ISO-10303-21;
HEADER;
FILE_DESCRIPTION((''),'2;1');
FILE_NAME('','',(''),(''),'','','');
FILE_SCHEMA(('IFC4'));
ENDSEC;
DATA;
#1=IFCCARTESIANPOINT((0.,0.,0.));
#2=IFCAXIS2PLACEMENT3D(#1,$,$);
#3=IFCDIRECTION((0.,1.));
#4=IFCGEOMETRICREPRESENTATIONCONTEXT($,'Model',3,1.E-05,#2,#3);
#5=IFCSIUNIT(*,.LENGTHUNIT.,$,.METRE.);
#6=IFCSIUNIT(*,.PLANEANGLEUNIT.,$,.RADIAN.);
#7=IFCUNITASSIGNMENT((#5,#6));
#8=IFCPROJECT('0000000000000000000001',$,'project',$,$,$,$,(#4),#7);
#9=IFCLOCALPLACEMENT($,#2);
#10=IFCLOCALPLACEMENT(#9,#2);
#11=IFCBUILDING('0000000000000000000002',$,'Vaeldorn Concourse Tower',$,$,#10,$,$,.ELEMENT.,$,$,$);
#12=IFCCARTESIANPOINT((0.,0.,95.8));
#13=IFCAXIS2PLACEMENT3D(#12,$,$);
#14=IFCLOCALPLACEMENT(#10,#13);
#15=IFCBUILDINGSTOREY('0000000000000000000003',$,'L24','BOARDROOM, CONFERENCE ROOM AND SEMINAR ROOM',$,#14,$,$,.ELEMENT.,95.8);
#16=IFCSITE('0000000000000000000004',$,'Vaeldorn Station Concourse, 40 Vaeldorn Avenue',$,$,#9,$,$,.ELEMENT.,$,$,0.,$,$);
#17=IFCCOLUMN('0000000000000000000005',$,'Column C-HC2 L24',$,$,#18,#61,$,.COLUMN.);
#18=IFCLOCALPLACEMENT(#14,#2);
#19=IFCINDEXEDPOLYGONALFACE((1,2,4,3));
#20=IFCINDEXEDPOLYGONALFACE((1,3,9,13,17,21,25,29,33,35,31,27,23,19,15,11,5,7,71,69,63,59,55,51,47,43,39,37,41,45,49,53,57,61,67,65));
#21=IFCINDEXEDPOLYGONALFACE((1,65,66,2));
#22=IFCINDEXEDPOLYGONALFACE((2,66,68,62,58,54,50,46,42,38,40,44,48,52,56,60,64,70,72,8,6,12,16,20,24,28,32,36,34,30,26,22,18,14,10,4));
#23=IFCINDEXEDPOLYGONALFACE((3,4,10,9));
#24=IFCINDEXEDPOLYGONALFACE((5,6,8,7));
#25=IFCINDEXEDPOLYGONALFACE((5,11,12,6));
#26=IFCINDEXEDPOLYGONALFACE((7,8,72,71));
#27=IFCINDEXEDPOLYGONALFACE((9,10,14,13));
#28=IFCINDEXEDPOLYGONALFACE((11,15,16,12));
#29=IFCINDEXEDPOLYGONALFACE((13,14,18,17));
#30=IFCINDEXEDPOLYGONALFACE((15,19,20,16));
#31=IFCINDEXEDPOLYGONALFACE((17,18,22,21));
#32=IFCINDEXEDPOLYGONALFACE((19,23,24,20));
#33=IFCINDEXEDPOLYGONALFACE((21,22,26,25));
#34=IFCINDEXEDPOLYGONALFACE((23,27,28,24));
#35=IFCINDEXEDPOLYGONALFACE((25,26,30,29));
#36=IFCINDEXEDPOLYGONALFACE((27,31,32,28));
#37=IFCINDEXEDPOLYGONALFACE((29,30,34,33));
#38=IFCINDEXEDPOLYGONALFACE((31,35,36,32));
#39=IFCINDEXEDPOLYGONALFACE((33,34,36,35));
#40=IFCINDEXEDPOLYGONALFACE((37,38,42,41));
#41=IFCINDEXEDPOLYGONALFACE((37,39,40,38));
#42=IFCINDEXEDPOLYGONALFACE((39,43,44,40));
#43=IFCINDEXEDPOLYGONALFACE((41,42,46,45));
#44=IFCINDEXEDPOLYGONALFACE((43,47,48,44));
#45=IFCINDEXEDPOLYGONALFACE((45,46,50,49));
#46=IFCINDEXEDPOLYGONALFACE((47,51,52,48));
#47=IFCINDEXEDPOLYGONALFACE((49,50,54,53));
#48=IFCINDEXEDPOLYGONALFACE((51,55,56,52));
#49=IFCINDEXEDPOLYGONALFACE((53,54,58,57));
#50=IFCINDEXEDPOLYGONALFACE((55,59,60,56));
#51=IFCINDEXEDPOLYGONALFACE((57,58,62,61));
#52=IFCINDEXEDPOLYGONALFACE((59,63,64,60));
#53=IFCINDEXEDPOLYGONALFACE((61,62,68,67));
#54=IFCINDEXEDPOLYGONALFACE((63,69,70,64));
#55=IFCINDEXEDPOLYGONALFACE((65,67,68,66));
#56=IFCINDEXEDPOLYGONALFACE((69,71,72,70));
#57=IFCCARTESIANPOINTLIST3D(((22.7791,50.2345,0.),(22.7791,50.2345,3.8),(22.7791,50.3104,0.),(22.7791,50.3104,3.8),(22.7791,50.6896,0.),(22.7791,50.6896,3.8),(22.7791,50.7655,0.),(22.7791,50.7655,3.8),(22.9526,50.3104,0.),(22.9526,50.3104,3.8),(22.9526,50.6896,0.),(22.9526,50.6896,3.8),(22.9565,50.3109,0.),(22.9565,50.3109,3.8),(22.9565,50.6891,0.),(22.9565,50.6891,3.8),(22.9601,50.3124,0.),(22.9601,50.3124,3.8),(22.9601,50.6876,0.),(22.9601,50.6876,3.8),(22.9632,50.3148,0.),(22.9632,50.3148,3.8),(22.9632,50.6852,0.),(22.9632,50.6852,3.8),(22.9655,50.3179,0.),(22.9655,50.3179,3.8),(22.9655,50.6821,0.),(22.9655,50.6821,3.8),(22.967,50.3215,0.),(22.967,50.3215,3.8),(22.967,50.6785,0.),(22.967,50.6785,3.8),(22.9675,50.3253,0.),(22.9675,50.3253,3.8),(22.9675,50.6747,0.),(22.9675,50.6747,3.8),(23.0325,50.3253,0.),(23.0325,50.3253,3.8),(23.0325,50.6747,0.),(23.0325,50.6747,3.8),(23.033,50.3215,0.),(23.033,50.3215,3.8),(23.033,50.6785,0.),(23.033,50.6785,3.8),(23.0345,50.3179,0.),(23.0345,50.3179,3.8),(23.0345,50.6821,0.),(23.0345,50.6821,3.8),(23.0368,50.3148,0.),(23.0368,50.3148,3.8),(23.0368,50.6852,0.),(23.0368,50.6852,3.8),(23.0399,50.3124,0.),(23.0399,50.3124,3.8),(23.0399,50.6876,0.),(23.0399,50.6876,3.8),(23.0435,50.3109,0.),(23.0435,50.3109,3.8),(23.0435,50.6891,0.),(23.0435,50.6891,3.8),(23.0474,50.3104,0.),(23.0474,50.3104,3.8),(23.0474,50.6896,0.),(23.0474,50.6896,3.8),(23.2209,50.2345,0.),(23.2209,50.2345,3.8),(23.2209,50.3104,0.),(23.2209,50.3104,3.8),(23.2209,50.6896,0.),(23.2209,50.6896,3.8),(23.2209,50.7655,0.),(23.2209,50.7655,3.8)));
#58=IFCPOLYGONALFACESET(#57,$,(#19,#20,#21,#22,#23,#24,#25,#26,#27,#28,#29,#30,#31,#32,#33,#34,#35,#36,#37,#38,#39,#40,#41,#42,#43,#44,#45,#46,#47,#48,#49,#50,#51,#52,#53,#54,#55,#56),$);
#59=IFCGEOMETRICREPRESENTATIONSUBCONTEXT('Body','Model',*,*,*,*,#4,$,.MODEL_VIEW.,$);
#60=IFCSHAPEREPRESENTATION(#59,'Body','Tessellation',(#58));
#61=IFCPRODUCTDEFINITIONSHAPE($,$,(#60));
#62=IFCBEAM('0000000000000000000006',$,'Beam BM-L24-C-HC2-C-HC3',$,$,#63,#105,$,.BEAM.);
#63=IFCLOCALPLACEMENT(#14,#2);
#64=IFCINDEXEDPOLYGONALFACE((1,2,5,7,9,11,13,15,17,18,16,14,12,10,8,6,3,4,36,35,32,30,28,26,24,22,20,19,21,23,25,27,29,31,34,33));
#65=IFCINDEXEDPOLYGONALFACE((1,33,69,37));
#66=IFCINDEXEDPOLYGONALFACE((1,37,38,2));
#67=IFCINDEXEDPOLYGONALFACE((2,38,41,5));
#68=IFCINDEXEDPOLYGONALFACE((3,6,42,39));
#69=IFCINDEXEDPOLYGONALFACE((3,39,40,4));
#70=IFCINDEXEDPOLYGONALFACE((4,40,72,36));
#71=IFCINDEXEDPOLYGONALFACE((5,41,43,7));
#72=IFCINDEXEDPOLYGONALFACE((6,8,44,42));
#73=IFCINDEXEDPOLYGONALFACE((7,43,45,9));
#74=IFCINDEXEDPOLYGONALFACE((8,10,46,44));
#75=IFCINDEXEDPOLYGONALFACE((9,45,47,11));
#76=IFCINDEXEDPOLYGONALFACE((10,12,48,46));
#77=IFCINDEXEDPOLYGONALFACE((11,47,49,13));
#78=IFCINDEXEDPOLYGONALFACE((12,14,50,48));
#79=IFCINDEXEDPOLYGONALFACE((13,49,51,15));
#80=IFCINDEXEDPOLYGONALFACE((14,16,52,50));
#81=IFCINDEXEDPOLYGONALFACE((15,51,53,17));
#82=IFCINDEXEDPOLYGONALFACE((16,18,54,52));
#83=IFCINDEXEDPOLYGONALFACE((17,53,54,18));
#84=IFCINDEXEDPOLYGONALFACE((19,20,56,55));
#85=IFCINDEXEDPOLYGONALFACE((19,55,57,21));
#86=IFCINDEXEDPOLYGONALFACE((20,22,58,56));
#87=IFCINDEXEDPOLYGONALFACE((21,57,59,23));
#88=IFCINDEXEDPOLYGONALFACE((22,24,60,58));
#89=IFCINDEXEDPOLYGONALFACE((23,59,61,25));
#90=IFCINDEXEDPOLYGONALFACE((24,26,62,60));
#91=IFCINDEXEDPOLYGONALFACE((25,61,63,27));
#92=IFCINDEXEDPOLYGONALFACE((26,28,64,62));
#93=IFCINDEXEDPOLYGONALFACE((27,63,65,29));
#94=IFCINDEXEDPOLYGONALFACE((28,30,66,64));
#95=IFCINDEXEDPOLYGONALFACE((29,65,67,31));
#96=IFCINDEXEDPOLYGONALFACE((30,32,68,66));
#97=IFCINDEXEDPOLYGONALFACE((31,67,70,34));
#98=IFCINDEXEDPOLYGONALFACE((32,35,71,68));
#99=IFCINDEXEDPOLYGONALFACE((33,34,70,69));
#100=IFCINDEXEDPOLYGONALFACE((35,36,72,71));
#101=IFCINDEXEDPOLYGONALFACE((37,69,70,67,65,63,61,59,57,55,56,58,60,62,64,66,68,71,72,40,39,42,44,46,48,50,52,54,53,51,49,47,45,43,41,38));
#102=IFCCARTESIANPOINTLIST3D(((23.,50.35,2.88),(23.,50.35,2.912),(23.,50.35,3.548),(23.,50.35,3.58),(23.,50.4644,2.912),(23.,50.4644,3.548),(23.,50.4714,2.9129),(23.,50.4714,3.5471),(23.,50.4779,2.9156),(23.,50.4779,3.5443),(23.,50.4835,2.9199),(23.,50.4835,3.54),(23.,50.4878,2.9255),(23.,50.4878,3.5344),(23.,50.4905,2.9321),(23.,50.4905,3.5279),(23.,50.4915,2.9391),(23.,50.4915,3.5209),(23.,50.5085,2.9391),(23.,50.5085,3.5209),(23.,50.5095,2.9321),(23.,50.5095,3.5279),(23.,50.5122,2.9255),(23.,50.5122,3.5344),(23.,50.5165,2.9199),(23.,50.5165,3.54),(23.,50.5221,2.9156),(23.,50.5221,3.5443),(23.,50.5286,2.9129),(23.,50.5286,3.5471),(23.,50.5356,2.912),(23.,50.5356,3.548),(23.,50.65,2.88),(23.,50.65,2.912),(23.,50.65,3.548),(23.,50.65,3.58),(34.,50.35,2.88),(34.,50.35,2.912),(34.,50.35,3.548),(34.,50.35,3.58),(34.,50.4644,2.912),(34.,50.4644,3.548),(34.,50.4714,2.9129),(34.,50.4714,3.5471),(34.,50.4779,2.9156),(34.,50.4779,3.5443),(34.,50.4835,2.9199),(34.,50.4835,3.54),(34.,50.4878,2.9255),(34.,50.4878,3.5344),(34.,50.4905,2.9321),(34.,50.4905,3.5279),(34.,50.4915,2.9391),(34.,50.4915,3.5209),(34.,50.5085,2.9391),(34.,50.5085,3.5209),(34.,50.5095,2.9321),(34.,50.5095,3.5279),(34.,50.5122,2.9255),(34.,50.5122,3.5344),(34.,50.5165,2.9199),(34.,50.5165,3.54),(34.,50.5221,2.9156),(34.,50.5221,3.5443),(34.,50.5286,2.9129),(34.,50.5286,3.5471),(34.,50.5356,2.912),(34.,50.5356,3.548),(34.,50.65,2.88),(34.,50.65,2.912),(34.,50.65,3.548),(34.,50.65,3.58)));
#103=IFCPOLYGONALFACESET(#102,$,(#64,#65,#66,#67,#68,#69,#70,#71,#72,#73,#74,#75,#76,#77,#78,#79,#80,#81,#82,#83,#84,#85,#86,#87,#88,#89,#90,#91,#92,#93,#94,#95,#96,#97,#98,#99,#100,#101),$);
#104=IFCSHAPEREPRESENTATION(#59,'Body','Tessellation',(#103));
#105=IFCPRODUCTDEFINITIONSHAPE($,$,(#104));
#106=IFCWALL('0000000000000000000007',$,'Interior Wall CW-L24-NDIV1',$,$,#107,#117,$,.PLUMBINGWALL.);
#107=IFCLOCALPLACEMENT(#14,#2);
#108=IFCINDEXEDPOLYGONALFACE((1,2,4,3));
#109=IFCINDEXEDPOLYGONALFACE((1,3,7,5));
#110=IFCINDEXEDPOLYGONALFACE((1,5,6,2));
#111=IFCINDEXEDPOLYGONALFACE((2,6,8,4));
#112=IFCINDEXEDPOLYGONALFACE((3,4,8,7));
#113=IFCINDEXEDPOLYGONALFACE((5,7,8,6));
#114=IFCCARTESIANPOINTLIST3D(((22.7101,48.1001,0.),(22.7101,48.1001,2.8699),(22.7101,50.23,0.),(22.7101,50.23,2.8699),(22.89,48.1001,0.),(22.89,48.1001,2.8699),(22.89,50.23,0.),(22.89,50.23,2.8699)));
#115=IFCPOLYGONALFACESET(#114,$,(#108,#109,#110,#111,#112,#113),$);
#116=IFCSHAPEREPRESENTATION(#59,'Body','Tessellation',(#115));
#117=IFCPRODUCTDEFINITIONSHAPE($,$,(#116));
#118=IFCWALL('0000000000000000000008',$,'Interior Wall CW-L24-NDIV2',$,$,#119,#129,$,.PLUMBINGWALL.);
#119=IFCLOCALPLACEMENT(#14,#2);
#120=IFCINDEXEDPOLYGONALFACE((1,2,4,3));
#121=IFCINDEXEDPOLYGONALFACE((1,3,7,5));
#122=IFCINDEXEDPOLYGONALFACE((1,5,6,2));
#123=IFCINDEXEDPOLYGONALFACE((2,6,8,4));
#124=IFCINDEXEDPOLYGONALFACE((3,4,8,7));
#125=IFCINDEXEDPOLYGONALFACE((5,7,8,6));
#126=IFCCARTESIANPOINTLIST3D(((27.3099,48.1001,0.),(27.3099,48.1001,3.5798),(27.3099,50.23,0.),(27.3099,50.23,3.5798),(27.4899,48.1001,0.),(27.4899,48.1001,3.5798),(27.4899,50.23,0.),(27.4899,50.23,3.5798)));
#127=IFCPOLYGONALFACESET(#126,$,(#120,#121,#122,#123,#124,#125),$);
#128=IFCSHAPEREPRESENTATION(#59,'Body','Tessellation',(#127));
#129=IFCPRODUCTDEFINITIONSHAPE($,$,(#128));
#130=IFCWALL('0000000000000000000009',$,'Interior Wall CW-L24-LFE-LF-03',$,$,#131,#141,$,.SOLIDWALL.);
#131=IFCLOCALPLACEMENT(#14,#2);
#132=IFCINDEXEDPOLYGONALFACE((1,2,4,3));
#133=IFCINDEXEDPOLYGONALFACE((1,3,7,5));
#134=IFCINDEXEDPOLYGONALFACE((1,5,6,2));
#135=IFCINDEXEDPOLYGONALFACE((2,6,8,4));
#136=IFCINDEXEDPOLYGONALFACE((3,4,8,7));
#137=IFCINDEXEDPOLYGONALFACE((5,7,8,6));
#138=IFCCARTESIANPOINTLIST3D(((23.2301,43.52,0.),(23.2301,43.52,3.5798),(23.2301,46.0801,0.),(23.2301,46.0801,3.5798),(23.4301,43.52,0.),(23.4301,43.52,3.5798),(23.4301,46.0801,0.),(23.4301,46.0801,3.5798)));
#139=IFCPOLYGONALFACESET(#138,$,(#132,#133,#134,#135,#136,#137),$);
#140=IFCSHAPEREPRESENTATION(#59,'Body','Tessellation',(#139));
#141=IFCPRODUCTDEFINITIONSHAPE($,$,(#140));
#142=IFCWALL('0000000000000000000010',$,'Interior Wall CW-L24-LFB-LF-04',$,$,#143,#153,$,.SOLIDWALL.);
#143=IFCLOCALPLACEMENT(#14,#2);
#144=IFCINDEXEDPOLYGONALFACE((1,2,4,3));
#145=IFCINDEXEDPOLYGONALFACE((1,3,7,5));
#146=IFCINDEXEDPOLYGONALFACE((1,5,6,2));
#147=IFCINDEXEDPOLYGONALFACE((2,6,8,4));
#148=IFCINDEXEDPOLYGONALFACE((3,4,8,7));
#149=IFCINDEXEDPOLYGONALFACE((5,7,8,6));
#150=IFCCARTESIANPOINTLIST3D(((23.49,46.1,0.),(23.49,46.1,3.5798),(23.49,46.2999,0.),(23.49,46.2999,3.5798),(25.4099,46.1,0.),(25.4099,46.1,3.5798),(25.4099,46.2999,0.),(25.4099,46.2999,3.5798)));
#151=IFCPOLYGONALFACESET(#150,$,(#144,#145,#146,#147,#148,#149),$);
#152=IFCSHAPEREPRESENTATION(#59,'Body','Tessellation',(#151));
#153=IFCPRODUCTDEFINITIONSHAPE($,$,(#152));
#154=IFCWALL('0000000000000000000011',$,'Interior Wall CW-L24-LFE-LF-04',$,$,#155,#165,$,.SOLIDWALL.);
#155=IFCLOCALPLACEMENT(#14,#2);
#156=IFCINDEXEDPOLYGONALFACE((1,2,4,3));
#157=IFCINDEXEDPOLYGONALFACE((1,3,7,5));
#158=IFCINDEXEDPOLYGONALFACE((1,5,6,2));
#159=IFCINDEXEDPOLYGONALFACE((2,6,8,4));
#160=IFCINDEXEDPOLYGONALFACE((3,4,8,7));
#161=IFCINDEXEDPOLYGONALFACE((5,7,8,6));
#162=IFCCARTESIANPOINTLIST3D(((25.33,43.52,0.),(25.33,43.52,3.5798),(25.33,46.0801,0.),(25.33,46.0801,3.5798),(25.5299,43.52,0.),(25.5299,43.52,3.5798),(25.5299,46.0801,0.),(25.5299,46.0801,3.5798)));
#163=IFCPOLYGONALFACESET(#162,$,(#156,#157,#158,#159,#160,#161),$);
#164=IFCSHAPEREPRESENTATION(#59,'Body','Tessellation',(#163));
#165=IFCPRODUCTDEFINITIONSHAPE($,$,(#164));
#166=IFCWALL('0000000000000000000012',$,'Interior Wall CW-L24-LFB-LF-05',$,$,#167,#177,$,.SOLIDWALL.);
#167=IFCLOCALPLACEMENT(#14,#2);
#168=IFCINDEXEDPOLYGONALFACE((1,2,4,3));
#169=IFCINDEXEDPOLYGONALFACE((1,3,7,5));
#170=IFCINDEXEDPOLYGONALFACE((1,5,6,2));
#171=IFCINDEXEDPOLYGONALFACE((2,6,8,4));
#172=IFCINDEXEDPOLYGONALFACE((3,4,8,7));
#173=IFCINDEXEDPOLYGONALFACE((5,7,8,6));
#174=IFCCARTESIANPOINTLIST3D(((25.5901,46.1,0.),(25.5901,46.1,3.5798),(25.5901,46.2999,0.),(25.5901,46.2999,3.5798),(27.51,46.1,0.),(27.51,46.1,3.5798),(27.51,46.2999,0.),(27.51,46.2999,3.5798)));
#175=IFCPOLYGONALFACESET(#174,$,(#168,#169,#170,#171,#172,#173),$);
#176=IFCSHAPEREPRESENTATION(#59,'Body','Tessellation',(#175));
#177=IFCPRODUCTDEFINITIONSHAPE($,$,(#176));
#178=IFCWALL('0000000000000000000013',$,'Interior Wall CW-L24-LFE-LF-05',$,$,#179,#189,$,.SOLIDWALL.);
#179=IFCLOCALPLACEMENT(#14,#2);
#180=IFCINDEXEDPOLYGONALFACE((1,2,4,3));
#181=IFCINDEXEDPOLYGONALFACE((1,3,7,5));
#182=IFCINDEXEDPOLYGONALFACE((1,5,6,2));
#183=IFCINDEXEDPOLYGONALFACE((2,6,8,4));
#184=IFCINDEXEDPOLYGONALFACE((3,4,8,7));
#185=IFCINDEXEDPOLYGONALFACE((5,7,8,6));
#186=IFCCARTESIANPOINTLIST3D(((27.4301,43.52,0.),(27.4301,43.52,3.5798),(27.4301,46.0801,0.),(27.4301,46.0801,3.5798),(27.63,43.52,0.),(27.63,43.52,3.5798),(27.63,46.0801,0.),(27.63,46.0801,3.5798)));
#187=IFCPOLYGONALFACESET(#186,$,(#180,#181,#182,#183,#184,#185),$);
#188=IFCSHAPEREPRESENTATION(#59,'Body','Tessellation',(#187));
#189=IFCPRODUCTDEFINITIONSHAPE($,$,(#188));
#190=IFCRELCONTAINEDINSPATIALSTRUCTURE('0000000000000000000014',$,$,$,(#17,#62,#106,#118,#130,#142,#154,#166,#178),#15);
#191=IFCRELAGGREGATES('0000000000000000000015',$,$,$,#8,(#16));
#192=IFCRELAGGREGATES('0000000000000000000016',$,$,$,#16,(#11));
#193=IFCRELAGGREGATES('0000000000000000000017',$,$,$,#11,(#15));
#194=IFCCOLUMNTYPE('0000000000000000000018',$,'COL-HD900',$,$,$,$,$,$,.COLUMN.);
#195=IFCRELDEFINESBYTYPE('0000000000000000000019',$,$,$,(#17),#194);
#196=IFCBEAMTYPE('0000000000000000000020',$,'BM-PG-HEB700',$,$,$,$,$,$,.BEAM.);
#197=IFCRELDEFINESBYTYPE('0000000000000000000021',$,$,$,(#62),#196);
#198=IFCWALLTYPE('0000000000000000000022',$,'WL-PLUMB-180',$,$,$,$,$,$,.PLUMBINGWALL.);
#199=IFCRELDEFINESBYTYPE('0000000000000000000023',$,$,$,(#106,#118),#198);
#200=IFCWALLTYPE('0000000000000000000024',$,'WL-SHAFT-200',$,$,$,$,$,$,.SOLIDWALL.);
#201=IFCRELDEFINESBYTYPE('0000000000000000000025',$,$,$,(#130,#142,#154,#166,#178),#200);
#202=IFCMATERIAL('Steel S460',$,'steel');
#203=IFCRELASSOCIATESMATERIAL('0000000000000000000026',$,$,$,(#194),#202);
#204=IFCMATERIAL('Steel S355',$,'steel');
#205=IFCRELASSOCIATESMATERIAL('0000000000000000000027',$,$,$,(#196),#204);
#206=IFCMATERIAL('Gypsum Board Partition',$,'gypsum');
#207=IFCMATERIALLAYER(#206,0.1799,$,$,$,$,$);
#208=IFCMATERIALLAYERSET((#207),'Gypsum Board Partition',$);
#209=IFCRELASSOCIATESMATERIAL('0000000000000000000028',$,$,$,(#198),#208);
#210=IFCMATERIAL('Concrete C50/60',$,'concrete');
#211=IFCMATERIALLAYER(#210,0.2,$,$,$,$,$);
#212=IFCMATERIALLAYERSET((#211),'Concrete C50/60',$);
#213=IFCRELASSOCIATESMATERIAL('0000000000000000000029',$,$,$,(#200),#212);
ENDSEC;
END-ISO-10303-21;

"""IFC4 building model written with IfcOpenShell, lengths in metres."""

from ifc_helpers import new_model, si_unit, direction, frame, frame_2d, origin, origin_2d, place, context, subcontext, project, spatial, rectangle, i_section, extrude, source, transform, mapped, material, layer, layer_set, material_profile, profile_set, type_object, element, save


model = new_model("IFC4")

# Units and contexts
model_context = context("Model", 3, precision=1e-05, world=origin(), true_north=direction((0.0, 1.0)))
body_context = subcontext(model_context, "Body", "Model", "MODEL_VIEW")
ifc_project = project(units=[si_unit("LENGTHUNIT", "METRE"), si_unit("PLANEANGLEUNIT", "RADIAN")], contexts=[model_context])

# Site, building, storey
site_placement = place(None, origin())
site = spatial("IfcSite", under=ifc_project, at=site_placement, Name="Vaeldorn Station Concourse, 40 Vaeldorn Avenue", CompositionType="ELEMENT", RefElevation=0.0)
building_placement = place(site_placement, origin())
building = spatial("IfcBuilding", under=site, at=building_placement, Name="Vaeldorn Concourse Tower", CompositionType="ELEMENT")
storey_placement = place(building_placement, frame((0.0, 0.0, 95.8)))
storey = spatial("IfcBuildingStorey", under=building, at=storey_placement, Name="L24", Description="BOARDROOM, CONFERENCE ROOM AND SEMINAR ROOM", CompositionType="ELEMENT", Elevation=95.8)

# Column
ifc_material_1 = material(Name="Steel S460", Category="steel")
ifc_material_profile_1 = material_profile(ifc_material_1, i_section(OverallWidth=0.4419, OverallDepth=0.531, WebThickness=0.0649, FlangeThickness=0.0759, FilletRadius=0.0149, at=origin_2d()), Name="HD 400x900")
ifc_profile_set_1 = profile_set([ifc_material_profile_1], Name="Steel S460")
column_type = type_object("IfcColumnType", Name="COL-HD900", PredefinedType="COLUMN", material=ifc_profile_set_1)
shared_shape_1 = source(origin(), body_context, "Body", "SweptSolid", [
    extrude(i_section(OverallWidth=0.4419, OverallDepth=0.531, WebThickness=0.0649, FlangeThickness=0.0759, FilletRadius=0.0149, at=origin_2d()), origin(), (0.0, 0.0, 1.0), 3.8),
])
column_placement = place(storey_placement, frame((23.0, 50.5, 0.0), z_axis=(0.0, 0.0, 1.0), x_axis=(1.0, 0.0, 0.0)))
element("IfcColumn", 1, at=column_placement, inside=storey, type_object=column_type, Name="Column C-HC2 L24", PredefinedType="COLUMN", context=body_context, shape_type="MappedRepresentation", body=[
    mapped(shared_shape_1, transform((0.0, 0.0, 0.0), scale=1.0)),
])

# Beam
ifc_material_2 = material(Name="Steel S355", Category="steel")
ifc_material_profile_2 = material_profile(ifc_material_2, i_section(OverallWidth=0.3, OverallDepth=0.7, WebThickness=0.0171, FlangeThickness=0.032, FilletRadius=0.0271, at=origin_2d()), Name="HEB 700")
ifc_profile_set_2 = profile_set([ifc_material_profile_2], Name="Steel S355")
beam_type = type_object("IfcBeamType", Name="BM-PG-HEB700", PredefinedType="BEAM", material=ifc_profile_set_2)
shared_shape_2 = source(origin(), body_context, "Body", "SweptSolid", [
    extrude(i_section(OverallWidth=0.3, OverallDepth=0.7, WebThickness=0.0171, FlangeThickness=0.032, FilletRadius=0.0271, at=origin_2d()), origin(), (0.0, 0.0, 1.0), 11.0),
])
beam_placement = place(storey_placement, frame((23.0, 50.5, 3.23), z_axis=(1.0, 0.0, 0.0), x_axis=(0.0, 1.0, 0.0)))
element("IfcBeam", 2, at=beam_placement, inside=storey, type_object=beam_type, Name="Beam BM-L24-C-HC2-C-HC3", PredefinedType="BEAM", context=body_context, shape_type="MappedRepresentation", body=[
    mapped(shared_shape_2, transform((0.0, 0.0, 0.0), scale=1.0)),
])

# Walls
ifc_material_3 = material(Name="Gypsum Board Partition", Category="gypsum")
ifc_layer_1 = layer(ifc_material_3, 0.1799)
ifc_layer_set_1 = layer_set([ifc_layer_1], Name="Gypsum Board Partition")
wall_type_1 = type_object("IfcWallType", Name="WL-PLUMB-180", PredefinedType="PLUMBINGWALL", material=ifc_layer_set_1)
wall_1_placement = place(storey_placement, frame((22.8, 48.1001, 0.0), z_axis=(0.0, 0.0, 1.0), x_axis=(0.0, 1.0, 0.0)))
element("IfcWall", 3, at=wall_1_placement, inside=storey, type_object=wall_type_1, Name="Interior Wall CW-L24-NDIV1", PredefinedType="PLUMBINGWALL", context=body_context, shape_type="SweptSolid", body=[
    extrude(rectangle(XDim=2.1299, YDim=0.1799, at=frame_2d((1.0649, 0.0))), origin(), (0.0, 0.0, 1.0), 2.8699),
])
wall_2_placement = place(storey_placement, frame((27.3999, 48.1001, 0.0), z_axis=(0.0, 0.0, 1.0), x_axis=(0.0, 1.0, 0.0)))
element("IfcWall", 4, at=wall_2_placement, inside=storey, type_object=wall_type_1, Name="Interior Wall CW-L24-NDIV2", PredefinedType="PLUMBINGWALL", context=body_context, shape_type="SweptSolid", body=[
    extrude(rectangle(XDim=2.1299, YDim=0.1799, at=frame_2d((1.0649, 0.0))), origin(), (0.0, 0.0, 1.0), 3.5798),
])
ifc_material_4 = material(Name="Concrete C50/60", Category="concrete")
ifc_layer_2 = layer(ifc_material_4, 0.2)
ifc_layer_set_2 = layer_set([ifc_layer_2], Name="Concrete C50/60")
wall_type_2 = type_object("IfcWallType", Name="WL-SHAFT-200", PredefinedType="SOLIDWALL", material=ifc_layer_set_2)
wall_3_placement = place(storey_placement, frame((23.3301, 43.52, 0.0), z_axis=(0.0, 0.0, 1.0), x_axis=(0.0, 1.0, 0.0)))
element("IfcWall", 5, at=wall_3_placement, inside=storey, type_object=wall_type_2, Name="Interior Wall CW-L24-LFE-LF-03", PredefinedType="SOLIDWALL", context=body_context, shape_type="SweptSolid", body=[
    extrude(rectangle(XDim=2.5601, YDim=0.2, at=frame_2d((1.28, 0.0))), origin(), (0.0, 0.0, 1.0), 3.5798),
])

# Walls
wall_4_placement = place(storey_placement, frame((23.49, 46.2, 0.0), z_axis=(0.0, 0.0, 1.0), x_axis=(1.0, 0.0, 0.0)))
element("IfcWall", 6, at=wall_4_placement, inside=storey, type_object=wall_type_2, Name="Interior Wall CW-L24-LFB-LF-04", PredefinedType="SOLIDWALL", context=body_context, shape_type="SweptSolid", body=[
    extrude(rectangle(XDim=1.9199, YDim=0.2, at=frame_2d((0.96, 0.0))), origin(), (0.0, 0.0, 1.0), 3.5798),
])
wall_5_placement = place(storey_placement, frame((25.4299, 43.52, 0.0), z_axis=(0.0, 0.0, 1.0), x_axis=(0.0, 1.0, 0.0)))
element("IfcWall", 7, at=wall_5_placement, inside=storey, type_object=wall_type_2, Name="Interior Wall CW-L24-LFE-LF-04", PredefinedType="SOLIDWALL", context=body_context, shape_type="SweptSolid", body=[
    extrude(rectangle(XDim=2.5601, YDim=0.2, at=frame_2d((1.28, 0.0))), origin(), (0.0, 0.0, 1.0), 3.5798),
])

# Walls
wall_6_placement = place(storey_placement, frame((25.5901, 46.2, 0.0), z_axis=(0.0, 0.0, 1.0), x_axis=(1.0, 0.0, 0.0)))
element("IfcWall", 8, at=wall_6_placement, inside=storey, type_object=wall_type_2, Name="Interior Wall CW-L24-LFB-LF-05", PredefinedType="SOLIDWALL", context=body_context, shape_type="SweptSolid", body=[
    extrude(rectangle(XDim=1.9199, YDim=0.2, at=frame_2d((0.96, 0.0))), origin(), (0.0, 0.0, 1.0), 3.5798),
])
wall_7_placement = place(storey_placement, frame((27.53, 43.52, 0.0), z_axis=(0.0, 0.0, 1.0), x_axis=(0.0, 1.0, 0.0)))
element("IfcWall", 9, at=wall_7_placement, inside=storey, type_object=wall_type_2, Name="Interior Wall CW-L24-LFE-LF-05", PredefinedType="SOLIDWALL", context=body_context, shape_type="SweptSolid", body=[
    extrude(rectangle(XDim=2.5601, YDim=0.2, at=frame_2d((1.28, 0.0))), origin(), (0.0, 0.0, 1.0), 3.5798),
])

save(model, "model.ifc")
